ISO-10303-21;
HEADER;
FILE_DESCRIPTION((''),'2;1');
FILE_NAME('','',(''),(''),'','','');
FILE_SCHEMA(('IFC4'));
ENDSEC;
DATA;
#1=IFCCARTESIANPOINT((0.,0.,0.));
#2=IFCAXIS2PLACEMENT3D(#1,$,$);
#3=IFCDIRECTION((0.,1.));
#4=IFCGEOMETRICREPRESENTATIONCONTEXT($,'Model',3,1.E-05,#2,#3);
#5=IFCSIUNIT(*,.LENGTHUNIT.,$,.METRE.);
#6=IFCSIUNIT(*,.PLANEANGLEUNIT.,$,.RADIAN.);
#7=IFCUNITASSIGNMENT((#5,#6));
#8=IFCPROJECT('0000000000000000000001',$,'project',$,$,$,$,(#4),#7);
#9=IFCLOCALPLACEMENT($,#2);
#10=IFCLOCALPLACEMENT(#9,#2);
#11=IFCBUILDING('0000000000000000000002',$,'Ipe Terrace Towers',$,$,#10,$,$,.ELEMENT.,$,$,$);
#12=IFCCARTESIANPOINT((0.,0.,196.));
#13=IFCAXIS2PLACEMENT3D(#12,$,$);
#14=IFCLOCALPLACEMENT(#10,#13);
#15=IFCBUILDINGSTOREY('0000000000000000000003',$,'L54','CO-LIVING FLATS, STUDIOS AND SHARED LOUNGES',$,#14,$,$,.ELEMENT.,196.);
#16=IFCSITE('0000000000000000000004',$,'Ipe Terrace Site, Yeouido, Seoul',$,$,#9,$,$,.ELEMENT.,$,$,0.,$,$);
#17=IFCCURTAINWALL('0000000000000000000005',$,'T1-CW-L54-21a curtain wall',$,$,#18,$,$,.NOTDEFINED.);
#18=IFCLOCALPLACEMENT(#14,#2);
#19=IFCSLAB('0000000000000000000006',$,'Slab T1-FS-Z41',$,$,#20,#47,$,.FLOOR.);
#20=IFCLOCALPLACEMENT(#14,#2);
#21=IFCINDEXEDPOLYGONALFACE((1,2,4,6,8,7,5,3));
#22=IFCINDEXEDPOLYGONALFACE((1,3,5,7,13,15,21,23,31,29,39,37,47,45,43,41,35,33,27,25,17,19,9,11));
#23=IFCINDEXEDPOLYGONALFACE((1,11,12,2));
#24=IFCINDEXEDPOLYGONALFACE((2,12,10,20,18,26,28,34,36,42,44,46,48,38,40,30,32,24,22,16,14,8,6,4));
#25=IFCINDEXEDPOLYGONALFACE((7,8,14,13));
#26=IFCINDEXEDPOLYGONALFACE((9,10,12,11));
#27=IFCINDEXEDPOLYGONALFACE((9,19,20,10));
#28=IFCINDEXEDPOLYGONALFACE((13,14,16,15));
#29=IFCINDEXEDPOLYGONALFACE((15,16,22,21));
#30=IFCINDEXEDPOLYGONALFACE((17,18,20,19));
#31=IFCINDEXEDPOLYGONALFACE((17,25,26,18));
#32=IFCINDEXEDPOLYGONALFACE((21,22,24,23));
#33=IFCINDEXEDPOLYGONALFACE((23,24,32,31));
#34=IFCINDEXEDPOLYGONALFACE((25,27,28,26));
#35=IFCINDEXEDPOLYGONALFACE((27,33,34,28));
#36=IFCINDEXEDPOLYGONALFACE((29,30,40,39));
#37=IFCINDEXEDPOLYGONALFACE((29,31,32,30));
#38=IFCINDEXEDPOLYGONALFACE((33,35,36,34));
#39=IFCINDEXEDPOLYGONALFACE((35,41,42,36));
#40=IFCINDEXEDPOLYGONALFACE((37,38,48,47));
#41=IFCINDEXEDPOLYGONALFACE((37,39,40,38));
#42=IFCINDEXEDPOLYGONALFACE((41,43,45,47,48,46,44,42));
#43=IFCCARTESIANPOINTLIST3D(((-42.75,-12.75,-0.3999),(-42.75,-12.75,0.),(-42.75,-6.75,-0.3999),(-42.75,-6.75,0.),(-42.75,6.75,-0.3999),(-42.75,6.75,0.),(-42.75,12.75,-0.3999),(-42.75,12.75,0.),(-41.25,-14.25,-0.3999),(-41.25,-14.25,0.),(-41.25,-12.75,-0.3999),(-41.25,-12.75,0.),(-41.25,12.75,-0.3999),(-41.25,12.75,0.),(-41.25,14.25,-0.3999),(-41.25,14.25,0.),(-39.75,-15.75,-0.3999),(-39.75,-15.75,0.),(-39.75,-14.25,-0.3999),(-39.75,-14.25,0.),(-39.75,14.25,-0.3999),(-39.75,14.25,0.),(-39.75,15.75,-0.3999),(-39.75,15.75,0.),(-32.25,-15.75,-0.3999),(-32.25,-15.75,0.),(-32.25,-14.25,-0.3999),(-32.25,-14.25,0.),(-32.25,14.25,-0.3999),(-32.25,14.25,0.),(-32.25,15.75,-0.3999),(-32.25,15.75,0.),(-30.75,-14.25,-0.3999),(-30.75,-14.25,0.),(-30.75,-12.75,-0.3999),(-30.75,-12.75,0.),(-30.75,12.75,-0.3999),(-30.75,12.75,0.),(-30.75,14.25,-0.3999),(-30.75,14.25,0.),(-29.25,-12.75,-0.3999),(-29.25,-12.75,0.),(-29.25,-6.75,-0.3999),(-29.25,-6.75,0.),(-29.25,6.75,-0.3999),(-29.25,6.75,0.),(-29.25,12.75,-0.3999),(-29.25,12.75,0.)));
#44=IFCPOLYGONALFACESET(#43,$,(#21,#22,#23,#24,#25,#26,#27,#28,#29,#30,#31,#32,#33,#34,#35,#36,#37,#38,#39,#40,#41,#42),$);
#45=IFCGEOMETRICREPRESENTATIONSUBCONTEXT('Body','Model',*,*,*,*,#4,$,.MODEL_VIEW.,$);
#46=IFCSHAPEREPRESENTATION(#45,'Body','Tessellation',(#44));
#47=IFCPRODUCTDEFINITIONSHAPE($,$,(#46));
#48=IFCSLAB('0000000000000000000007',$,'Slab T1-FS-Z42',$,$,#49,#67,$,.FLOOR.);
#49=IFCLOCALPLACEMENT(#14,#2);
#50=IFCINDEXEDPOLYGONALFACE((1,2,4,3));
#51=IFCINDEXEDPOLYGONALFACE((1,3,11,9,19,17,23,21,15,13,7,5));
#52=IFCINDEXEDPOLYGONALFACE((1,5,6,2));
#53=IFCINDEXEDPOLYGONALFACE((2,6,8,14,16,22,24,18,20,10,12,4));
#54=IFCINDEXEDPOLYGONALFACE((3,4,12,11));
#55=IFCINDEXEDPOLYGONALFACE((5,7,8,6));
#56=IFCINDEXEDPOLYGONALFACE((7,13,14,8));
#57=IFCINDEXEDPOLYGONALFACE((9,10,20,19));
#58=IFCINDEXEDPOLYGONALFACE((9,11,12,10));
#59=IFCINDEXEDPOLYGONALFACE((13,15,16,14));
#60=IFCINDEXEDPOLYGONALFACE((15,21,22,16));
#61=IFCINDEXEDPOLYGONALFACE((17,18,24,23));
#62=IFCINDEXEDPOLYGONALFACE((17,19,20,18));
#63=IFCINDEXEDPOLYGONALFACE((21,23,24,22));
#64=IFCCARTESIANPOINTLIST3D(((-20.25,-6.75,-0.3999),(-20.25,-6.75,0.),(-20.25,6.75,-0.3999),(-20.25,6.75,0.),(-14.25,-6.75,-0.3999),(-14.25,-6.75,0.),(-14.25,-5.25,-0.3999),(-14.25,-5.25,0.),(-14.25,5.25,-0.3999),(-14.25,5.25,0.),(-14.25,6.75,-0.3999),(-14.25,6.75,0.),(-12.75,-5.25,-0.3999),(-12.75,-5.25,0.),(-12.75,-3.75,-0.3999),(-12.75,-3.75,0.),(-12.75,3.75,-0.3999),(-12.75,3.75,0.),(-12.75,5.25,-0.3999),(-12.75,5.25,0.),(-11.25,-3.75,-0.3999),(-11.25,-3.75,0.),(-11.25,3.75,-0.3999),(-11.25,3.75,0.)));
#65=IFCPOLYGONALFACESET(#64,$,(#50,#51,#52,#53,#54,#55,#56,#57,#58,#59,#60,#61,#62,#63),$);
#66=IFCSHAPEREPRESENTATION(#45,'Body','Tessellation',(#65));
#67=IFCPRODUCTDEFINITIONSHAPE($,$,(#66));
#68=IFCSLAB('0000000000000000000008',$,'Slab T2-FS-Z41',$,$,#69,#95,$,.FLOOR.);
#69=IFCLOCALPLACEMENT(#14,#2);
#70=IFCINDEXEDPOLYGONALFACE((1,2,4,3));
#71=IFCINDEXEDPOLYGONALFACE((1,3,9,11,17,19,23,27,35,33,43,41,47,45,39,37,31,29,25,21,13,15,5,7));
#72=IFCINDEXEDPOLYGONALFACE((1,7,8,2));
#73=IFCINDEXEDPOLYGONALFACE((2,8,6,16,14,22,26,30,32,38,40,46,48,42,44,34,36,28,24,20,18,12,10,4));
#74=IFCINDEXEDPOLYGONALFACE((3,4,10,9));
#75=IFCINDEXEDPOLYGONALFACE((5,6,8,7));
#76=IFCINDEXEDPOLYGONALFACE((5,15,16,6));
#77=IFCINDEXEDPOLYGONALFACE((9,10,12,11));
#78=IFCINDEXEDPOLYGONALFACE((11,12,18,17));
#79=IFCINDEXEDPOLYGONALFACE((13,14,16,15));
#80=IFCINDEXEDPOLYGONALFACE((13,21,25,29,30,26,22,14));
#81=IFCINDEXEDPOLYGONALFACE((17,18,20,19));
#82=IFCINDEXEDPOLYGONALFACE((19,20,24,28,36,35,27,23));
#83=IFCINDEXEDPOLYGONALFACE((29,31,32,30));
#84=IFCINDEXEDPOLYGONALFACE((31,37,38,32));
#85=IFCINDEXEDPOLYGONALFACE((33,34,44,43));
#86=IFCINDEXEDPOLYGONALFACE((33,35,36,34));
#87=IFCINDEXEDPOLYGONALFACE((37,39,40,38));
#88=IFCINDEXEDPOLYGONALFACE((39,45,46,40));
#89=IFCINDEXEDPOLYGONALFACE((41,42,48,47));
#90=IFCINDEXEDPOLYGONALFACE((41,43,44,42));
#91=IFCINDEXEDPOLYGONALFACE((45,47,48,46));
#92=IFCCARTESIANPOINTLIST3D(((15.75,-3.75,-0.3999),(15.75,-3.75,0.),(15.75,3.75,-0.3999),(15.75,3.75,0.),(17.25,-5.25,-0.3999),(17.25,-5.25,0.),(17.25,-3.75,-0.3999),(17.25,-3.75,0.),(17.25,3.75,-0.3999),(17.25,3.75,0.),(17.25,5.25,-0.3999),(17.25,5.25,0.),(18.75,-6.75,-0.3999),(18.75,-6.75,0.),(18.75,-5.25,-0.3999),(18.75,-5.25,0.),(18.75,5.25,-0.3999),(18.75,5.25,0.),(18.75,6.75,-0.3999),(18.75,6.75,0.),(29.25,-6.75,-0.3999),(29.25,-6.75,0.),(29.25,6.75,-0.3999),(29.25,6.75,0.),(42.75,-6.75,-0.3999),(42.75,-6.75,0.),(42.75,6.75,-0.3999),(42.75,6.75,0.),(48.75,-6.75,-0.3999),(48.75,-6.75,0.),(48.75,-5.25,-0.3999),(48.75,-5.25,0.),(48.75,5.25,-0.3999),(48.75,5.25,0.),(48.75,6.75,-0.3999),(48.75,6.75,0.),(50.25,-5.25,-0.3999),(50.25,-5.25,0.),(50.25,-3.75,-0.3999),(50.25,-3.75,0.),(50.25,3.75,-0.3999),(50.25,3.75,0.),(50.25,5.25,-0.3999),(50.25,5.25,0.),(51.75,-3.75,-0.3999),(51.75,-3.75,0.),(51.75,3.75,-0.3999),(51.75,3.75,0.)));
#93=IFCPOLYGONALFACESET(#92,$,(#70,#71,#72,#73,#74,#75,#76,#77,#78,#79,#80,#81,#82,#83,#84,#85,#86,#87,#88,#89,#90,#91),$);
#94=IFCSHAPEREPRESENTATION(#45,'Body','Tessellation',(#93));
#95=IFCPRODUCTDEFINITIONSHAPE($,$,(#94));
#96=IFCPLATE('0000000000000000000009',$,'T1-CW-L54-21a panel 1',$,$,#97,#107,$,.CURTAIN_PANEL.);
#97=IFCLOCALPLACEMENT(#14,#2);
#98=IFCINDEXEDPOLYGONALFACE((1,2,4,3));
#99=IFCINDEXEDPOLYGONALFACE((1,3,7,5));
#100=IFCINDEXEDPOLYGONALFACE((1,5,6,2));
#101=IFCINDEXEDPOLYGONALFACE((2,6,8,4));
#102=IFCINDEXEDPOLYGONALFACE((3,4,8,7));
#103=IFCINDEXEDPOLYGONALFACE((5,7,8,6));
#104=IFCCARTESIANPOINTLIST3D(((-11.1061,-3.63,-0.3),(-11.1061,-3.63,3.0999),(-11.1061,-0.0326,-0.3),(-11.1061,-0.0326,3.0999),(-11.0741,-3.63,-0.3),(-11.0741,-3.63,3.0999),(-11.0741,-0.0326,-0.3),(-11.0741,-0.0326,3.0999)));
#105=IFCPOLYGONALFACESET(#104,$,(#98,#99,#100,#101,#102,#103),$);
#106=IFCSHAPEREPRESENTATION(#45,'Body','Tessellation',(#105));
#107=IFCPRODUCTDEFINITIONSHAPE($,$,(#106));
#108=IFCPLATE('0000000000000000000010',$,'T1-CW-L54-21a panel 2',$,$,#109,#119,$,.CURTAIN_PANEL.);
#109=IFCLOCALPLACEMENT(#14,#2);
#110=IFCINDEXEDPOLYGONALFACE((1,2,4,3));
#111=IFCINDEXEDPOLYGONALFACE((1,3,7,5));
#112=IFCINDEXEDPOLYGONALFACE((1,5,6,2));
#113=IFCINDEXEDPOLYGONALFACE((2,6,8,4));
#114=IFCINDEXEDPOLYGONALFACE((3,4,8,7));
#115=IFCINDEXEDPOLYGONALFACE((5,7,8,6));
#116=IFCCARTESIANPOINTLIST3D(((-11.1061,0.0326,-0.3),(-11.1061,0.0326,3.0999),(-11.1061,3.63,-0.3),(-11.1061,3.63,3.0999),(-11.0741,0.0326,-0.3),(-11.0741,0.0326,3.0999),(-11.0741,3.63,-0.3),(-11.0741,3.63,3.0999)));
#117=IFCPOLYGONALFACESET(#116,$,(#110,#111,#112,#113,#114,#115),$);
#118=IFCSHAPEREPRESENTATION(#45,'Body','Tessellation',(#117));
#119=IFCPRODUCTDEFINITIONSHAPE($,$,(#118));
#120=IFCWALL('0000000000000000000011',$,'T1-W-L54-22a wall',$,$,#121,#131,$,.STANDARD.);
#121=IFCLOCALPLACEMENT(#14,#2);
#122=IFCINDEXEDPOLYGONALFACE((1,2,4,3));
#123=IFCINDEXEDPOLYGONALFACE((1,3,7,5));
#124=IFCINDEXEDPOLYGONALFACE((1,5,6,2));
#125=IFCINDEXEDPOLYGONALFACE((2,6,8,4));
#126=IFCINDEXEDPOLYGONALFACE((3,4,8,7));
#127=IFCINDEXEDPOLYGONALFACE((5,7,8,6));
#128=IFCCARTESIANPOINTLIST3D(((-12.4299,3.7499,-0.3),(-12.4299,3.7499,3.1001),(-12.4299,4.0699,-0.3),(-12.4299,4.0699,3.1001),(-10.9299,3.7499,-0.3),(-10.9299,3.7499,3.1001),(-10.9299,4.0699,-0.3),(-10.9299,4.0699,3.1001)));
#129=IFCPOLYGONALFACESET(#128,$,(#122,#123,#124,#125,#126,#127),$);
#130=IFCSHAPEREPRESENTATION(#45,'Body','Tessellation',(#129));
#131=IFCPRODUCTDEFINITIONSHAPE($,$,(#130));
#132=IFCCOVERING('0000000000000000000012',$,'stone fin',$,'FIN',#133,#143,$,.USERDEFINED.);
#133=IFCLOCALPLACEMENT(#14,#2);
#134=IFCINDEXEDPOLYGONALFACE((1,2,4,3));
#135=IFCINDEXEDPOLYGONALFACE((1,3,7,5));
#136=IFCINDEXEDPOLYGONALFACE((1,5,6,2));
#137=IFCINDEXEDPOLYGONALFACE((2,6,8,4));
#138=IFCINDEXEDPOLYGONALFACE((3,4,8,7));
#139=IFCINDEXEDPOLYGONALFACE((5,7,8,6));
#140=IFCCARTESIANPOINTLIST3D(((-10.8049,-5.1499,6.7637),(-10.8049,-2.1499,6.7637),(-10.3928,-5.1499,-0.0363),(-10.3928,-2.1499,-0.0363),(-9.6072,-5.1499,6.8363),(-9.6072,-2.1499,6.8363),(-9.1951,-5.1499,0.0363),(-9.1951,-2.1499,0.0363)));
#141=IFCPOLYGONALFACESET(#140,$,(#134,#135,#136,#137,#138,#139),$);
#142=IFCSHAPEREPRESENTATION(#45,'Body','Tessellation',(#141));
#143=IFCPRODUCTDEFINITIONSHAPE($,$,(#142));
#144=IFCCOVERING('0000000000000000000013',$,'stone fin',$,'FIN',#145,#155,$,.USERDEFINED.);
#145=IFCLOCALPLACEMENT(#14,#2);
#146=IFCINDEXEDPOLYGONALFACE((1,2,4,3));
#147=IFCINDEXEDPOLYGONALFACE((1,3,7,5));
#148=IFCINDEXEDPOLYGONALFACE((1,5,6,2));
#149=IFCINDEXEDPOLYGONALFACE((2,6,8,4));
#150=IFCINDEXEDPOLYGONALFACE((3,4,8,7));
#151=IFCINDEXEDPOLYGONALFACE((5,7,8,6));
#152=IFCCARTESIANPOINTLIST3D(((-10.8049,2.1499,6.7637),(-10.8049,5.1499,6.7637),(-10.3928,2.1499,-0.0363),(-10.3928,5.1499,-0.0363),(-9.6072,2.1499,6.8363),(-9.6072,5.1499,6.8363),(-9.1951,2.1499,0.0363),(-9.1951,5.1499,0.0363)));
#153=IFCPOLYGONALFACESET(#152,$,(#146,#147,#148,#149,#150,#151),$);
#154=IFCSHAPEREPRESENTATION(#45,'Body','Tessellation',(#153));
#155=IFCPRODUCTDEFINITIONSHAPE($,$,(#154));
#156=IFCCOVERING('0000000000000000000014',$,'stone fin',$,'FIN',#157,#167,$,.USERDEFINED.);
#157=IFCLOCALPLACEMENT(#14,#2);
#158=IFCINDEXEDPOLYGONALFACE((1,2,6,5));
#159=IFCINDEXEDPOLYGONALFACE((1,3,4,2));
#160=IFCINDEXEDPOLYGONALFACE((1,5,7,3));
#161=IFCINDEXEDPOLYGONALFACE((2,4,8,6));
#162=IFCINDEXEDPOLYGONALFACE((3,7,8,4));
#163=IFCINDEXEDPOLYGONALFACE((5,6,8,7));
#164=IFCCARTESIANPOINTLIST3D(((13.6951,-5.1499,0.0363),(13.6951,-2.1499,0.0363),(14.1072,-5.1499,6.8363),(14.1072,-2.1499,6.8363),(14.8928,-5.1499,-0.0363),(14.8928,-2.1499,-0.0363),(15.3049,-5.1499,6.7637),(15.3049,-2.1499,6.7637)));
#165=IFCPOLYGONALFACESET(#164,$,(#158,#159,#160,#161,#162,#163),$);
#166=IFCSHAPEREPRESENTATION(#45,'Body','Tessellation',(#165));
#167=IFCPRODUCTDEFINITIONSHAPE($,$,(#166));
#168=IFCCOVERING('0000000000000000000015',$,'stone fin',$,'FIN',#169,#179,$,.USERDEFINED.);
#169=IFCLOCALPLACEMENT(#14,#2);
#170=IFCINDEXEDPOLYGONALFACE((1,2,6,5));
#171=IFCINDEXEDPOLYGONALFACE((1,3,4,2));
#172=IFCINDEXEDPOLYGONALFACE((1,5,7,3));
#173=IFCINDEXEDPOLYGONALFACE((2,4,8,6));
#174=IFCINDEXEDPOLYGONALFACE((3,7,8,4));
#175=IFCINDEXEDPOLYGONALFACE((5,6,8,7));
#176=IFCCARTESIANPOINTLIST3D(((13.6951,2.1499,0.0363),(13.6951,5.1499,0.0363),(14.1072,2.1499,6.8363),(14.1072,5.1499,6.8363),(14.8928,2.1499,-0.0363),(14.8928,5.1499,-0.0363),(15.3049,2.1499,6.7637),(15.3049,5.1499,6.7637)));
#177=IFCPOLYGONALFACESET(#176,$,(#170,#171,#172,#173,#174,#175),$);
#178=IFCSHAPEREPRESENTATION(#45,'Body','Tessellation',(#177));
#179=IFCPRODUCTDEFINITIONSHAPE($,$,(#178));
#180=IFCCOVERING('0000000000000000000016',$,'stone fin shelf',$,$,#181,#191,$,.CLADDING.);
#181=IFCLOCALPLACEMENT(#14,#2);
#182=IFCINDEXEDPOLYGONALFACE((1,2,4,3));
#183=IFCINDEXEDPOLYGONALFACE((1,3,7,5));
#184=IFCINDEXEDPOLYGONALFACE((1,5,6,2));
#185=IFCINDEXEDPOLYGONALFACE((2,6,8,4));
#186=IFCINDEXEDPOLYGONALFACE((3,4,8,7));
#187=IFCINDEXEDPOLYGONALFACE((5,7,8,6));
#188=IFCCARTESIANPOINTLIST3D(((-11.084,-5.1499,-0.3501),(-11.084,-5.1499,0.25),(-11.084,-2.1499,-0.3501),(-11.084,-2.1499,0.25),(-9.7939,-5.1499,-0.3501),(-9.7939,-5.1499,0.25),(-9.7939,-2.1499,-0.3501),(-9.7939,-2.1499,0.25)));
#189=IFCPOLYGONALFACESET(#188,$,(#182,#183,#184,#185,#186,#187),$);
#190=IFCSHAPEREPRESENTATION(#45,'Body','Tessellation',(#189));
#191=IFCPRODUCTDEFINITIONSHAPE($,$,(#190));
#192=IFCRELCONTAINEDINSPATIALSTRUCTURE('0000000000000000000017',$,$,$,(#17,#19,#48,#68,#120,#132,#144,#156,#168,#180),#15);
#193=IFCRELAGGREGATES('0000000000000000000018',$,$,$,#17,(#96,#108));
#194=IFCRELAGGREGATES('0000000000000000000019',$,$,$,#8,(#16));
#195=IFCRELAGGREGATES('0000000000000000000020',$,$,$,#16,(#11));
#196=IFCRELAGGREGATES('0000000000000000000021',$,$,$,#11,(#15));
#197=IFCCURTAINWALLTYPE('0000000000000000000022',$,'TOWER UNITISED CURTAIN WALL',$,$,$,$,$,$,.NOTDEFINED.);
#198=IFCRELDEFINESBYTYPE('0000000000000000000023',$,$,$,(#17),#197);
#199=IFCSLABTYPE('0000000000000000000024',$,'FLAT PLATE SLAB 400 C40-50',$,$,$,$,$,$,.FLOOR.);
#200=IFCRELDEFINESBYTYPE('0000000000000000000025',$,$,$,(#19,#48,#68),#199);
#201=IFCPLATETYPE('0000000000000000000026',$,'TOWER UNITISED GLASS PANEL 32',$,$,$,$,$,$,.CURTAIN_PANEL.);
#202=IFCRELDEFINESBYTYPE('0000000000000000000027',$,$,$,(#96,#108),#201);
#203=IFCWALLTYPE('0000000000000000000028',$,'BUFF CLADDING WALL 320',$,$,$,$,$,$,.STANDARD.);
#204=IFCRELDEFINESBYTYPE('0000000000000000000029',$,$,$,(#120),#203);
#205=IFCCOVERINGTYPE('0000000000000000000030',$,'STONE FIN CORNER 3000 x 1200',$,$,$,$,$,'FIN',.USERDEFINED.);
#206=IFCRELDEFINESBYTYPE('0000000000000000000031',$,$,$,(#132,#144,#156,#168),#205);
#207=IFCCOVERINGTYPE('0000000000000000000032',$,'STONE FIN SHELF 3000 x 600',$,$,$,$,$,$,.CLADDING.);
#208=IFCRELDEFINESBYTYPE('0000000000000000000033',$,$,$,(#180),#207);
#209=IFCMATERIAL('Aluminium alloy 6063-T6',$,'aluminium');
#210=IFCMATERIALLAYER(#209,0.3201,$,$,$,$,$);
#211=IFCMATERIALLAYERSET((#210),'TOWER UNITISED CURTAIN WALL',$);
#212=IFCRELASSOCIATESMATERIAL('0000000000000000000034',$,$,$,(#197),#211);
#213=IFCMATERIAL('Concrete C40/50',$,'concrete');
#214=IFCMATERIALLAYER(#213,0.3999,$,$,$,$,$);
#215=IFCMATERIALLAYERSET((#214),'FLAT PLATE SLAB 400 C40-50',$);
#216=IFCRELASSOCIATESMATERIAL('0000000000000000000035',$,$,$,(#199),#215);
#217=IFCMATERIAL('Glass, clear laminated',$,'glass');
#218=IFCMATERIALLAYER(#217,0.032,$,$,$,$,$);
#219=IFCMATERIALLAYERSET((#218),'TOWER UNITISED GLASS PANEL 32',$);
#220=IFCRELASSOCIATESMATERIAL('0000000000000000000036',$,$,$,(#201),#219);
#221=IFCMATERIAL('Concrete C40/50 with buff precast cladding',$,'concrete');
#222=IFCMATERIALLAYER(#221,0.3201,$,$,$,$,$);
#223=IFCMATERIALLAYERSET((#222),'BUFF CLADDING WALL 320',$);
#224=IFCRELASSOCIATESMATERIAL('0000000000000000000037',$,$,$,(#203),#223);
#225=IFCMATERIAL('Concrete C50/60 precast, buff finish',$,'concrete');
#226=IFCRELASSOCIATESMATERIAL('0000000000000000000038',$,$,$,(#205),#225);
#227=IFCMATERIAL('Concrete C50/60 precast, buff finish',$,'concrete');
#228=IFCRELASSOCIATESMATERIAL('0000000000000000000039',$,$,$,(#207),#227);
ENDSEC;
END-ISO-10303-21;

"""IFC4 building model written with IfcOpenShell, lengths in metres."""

from ifc_helpers import new_model, si_unit, direction, frame, frame_2d, origin, origin_2d, place, context, subcontext, project, spatial, polyline, rectangle, outline, extrude, material, layer, layer_set, material_profile, profile_set, type_object, element, aggregate, save


model = new_model("IFC4")

# Units and contexts
model_context = context("Model", 3, precision=1e-05, world=origin(), true_north=direction((0.0, 1.0)))
body_context = subcontext(model_context, "Body", "Model", "MODEL_VIEW")
ifc_project = project(units=[si_unit("LENGTHUNIT", "METRE"), si_unit("PLANEANGLEUNIT", "RADIAN")], contexts=[model_context])

# Site, building, storey
site_placement = place(None, origin())
site = spatial("IfcSite", under=ifc_project, at=site_placement, Name="Ipe Terrace Site, Yeouido, Seoul", CompositionType="ELEMENT", RefElevation=0.0)
building_placement = place(site_placement, origin())
building = spatial("IfcBuilding", under=site, at=building_placement, Name="Ipe Terrace Towers", CompositionType="ELEMENT")
storey_placement = place(building_placement, frame((0.0, 0.0, 196.0)))
storey = spatial("IfcBuildingStorey", under=building, at=storey_placement, Name="L54", Description="CO-LIVING FLATS, STUDIOS AND SHARED LOUNGES", CompositionType="ELEMENT", Elevation=196.0)

# Curtain wall
ifc_material_1 = material(Name="Aluminium alloy 6063-T6", Category="aluminium")
ifc_layer_1 = layer(ifc_material_1, 0.3201)
ifc_layer_set_1 = layer_set([ifc_layer_1], Name="TOWER UNITISED CURTAIN WALL")
curtain_wall_type = type_object("IfcCurtainWallType", Name="TOWER UNITISED CURTAIN WALL", PredefinedType="NOTDEFINED", material=ifc_layer_set_1)
curtain_wall_placement = place(storey_placement, origin())
curtain_wall = element("IfcCurtainWall", 1, at=curtain_wall_placement, inside=storey, type_object=curtain_wall_type, Name="T1-CW-L54-21a curtain wall", PredefinedType="NOTDEFINED")

# Slabs
ifc_material_2 = material(Name="Concrete C40/50", Category="concrete")
ifc_layer_2 = layer(ifc_material_2, 0.3999)
ifc_layer_set_2 = layer_set([ifc_layer_2], Name="FLAT PLATE SLAB 400 C40-50")
slab_type_1 = type_object("IfcSlabType", Name="FLAT PLATE SLAB 400 C40-50", PredefinedType="FLOOR", material=ifc_layer_set_2)
slab_1_placement = place(storey_placement, frame((0.0, 0.0, -0.3999)))
element("IfcSlab", 2, at=slab_1_placement, inside=storey, type_object=slab_type_1, Name="Slab T1-FS-Z41", PredefinedType="FLOOR", context=body_context, shape_type="SweptSolid", body=[
    extrude(outline(polyline([(-30.75, -12.75), (-30.75, -14.25), (-32.25, -14.25), (-32.25, -15.75), (-39.75, -15.75), (-39.75, -14.25), (-41.25, -14.25), (-41.25, -12.75), (-42.75, -12.75), (-42.75, -6.75), (-42.75, 6.75), (-42.75, 12.75), (-41.25, 12.75), (-41.25, 14.25), (-39.75, 14.25), (-39.75, 15.75), (-32.25, 15.75), (-32.25, 14.25), (-30.75, 14.25), (-30.75, 12.75), (-29.25, 12.75), (-29.25, 6.75), (-29.25, -6.75), (-29.25, -12.75), (-30.75, -12.75)])), origin(), (0.0, 0.0, 1.0), 0.3999),
])
slab_2_placement = place(storey_placement, frame((0.0, 0.0, -0.3999)))
element("IfcSlab", 3, at=slab_2_placement, inside=storey, type_object=slab_type_1, Name="Slab T1-FS-Z42", PredefinedType="FLOOR", context=body_context, shape_type="SweptSolid", body=[
    extrude(outline(polyline([(-14.25, 5.25), (-12.75, 5.25), (-12.75, 3.75), (-11.25, 3.75), (-11.25, -3.75), (-12.75, -3.75), (-12.75, -5.25), (-14.25, -5.25), (-14.25, -6.75), (-20.25, -6.75), (-20.25, 6.75), (-14.25, 6.75), (-14.25, 5.25)])), origin(), (0.0, 0.0, 1.0), 0.3999),
])
slab_3_placement = place(storey_placement, frame((0.0, 0.0, -0.3999)))
element("IfcSlab", 4, at=slab_3_placement, inside=storey, type_object=slab_type_1, Name="Slab T2-FS-Z41", PredefinedType="FLOOR", context=body_context, shape_type="SweptSolid", body=[
    extrude(outline(polyline([(48.75, 5.25), (50.25, 5.25), (50.25, 3.75), (51.75, 3.75), (51.75, -3.75), (50.25, -3.75), (50.25, -5.25), (48.75, -5.25), (48.75, -6.75), (42.75, -6.75), (29.25, -6.75), (18.75, -6.75), (18.75, -5.25), (17.25, -5.25), (17.25, -3.75), (15.75, -3.75), (15.75, 3.75), (17.25, 3.75), (17.25, 5.25), (18.75, 5.25), (18.75, 6.75), (29.25, 6.75), (42.75, 6.75), (48.75, 6.75), (48.75, 5.25)])), origin(), (0.0, 0.0, 1.0), 0.3999),
])

# Plates
ifc_material_3 = material(Name="Glass, clear laminated", Category="glass")
ifc_layer_3 = layer(ifc_material_3, 0.032)
ifc_layer_set_3 = layer_set([ifc_layer_3], Name="TOWER UNITISED GLASS PANEL 32")
plate_type = type_object("IfcPlateType", Name="TOWER UNITISED GLASS PANEL 32", PredefinedType="CURTAIN_PANEL", material=ifc_layer_set_3)
plate_1_placement = place(storey_placement, frame((-11.0901, -1.8313, -0.3), z_axis=(0.0, 0.0, 1.0), x_axis=(0.0, 1.0, 0.0)))
plate_1 = element("IfcPlate", 5, at=plate_1_placement, type_object=plate_type, Name="T1-CW-L54-21a panel 1", PredefinedType="CURTAIN_PANEL", context=body_context, shape_type="SweptSolid", body=[
    extrude(rectangle(XDim=3.5974, YDim=0.032, at=origin_2d()), origin(), (0.0, 0.0, 1.0), 3.3999),
])
plate_2_placement = place(storey_placement, frame((-11.0901, 1.8313, -0.3), z_axis=(0.0, 0.0, 1.0), x_axis=(0.0, 1.0, 0.0)))
plate_2 = element("IfcPlate", 6, at=plate_2_placement, type_object=plate_type, Name="T1-CW-L54-21a panel 2", PredefinedType="CURTAIN_PANEL", context=body_context, shape_type="SweptSolid", body=[
    extrude(rectangle(XDim=3.5974, YDim=0.032, at=origin_2d()), origin(), (0.0, 0.0, 1.0), 3.3999),
])
aggregate(curtain_wall, [plate_1, plate_2])

# Wall
ifc_material_4 = material(Name="Concrete C40/50 with buff precast cladding", Category="concrete")
ifc_layer_4 = layer(ifc_material_4, 0.3201)
ifc_layer_set_4 = layer_set([ifc_layer_4], Name="BUFF CLADDING WALL 320")
wall_type = type_object("IfcWallType", Name="BUFF CLADDING WALL 320", PredefinedType="STANDARD", material=ifc_layer_set_4)
wall_placement = place(storey_placement, frame((-10.9299, 3.9099, -0.3), z_axis=(0.0, 0.0, 1.0), x_axis=(-1.0, 0.0, 0.0)))
element("IfcWall", 7, at=wall_placement, inside=storey, type_object=wall_type, Name="T1-W-L54-22a wall", PredefinedType="STANDARD", context=body_context, shape_type="SweptSolid", body=[
    extrude(rectangle(XDim=1.5, YDim=0.3201, at=frame_2d((0.75, 0.0))), origin(), (0.0, 0.0, 1.0), 3.4001),
])

# Coverings
ifc_material_5 = material(Name="Concrete C50/60 precast, buff finish", Category="concrete")
ifc_material_profile_1 = material_profile(ifc_material_5, rectangle(XDim=3.0, YDim=1.2, at=origin_2d()), Name="STONE FIN CORNER 3000 x 1200")
ifc_profile_set_1 = profile_set([ifc_material_profile_1], Name="Concrete C50/60 precast, buff finish")
covering_type_1 = type_object("IfcCoveringType", Name="STONE FIN CORNER 3000 x 1200", ElementType="FIN", PredefinedType="USERDEFINED", material=ifc_profile_set_1)
for number, where, z_axis, x_axis, name in (
    (8, (-9.7939, -3.6499, 0.0), (-0.060493, 0.0, 0.998169), (0.0, 1.0, 0.0), "stone fin"),
    (9, (-9.7939, 3.6499, 0.0), (-0.060493, 0.0, 0.998169), (0.0, 1.0, 0.0), "stone fin"),
    (10, (14.2939, -3.6499, 0.0), (0.060493, 0.0, 0.998169), (0.0, -1.0, 0.0), "stone fin"),
    (11, (14.2939, 3.6499, 0.0), (0.060493, 0.0, 0.998169), (0.0, -1.0, 0.0), "stone fin"),
):
    element("IfcCovering", number, at=place(storey_placement, frame(where, z_axis=z_axis, x_axis=x_axis)), inside=storey, type_object=covering_type_1, Name=name, ObjectType="FIN", PredefinedType="USERDEFINED", context=body_context, shape_type="SweptSolid", body=[
        extrude(rectangle(XDim=3.0, YDim=1.2, at=origin_2d()), origin(), (0.0, 0.0, 1.0), 6.8125),
    ])
ifc_material_6 = material(Name="Concrete C50/60 precast, buff finish", Category="concrete")
covering_type_2 = type_object("IfcCoveringType", Name="STONE FIN SHELF 3000 x 600", PredefinedType="CLADDING", material=ifc_material_6)
for number, where, z_axis, x_axis, name in (
    (12, (-10.439, -3.6499, -0.3501), (0.0, 0.0, 1.0), (0.0, 1.0, 0.0), "stone fin shelf"),
):
    element("IfcCovering", number, at=place(storey_placement, frame(where, z_axis=z_axis, x_axis=x_axis)), inside=storey, type_object=covering_type_2, Name=name, PredefinedType="CLADDING", context=body_context, shape_type="SweptSolid", body=[
        extrude(rectangle(XDim=3.0, YDim=1.29, at=origin_2d()), origin(), (0.0, 0.0, 1.0), 0.6001),
    ])

save(model, "model.ifc")
